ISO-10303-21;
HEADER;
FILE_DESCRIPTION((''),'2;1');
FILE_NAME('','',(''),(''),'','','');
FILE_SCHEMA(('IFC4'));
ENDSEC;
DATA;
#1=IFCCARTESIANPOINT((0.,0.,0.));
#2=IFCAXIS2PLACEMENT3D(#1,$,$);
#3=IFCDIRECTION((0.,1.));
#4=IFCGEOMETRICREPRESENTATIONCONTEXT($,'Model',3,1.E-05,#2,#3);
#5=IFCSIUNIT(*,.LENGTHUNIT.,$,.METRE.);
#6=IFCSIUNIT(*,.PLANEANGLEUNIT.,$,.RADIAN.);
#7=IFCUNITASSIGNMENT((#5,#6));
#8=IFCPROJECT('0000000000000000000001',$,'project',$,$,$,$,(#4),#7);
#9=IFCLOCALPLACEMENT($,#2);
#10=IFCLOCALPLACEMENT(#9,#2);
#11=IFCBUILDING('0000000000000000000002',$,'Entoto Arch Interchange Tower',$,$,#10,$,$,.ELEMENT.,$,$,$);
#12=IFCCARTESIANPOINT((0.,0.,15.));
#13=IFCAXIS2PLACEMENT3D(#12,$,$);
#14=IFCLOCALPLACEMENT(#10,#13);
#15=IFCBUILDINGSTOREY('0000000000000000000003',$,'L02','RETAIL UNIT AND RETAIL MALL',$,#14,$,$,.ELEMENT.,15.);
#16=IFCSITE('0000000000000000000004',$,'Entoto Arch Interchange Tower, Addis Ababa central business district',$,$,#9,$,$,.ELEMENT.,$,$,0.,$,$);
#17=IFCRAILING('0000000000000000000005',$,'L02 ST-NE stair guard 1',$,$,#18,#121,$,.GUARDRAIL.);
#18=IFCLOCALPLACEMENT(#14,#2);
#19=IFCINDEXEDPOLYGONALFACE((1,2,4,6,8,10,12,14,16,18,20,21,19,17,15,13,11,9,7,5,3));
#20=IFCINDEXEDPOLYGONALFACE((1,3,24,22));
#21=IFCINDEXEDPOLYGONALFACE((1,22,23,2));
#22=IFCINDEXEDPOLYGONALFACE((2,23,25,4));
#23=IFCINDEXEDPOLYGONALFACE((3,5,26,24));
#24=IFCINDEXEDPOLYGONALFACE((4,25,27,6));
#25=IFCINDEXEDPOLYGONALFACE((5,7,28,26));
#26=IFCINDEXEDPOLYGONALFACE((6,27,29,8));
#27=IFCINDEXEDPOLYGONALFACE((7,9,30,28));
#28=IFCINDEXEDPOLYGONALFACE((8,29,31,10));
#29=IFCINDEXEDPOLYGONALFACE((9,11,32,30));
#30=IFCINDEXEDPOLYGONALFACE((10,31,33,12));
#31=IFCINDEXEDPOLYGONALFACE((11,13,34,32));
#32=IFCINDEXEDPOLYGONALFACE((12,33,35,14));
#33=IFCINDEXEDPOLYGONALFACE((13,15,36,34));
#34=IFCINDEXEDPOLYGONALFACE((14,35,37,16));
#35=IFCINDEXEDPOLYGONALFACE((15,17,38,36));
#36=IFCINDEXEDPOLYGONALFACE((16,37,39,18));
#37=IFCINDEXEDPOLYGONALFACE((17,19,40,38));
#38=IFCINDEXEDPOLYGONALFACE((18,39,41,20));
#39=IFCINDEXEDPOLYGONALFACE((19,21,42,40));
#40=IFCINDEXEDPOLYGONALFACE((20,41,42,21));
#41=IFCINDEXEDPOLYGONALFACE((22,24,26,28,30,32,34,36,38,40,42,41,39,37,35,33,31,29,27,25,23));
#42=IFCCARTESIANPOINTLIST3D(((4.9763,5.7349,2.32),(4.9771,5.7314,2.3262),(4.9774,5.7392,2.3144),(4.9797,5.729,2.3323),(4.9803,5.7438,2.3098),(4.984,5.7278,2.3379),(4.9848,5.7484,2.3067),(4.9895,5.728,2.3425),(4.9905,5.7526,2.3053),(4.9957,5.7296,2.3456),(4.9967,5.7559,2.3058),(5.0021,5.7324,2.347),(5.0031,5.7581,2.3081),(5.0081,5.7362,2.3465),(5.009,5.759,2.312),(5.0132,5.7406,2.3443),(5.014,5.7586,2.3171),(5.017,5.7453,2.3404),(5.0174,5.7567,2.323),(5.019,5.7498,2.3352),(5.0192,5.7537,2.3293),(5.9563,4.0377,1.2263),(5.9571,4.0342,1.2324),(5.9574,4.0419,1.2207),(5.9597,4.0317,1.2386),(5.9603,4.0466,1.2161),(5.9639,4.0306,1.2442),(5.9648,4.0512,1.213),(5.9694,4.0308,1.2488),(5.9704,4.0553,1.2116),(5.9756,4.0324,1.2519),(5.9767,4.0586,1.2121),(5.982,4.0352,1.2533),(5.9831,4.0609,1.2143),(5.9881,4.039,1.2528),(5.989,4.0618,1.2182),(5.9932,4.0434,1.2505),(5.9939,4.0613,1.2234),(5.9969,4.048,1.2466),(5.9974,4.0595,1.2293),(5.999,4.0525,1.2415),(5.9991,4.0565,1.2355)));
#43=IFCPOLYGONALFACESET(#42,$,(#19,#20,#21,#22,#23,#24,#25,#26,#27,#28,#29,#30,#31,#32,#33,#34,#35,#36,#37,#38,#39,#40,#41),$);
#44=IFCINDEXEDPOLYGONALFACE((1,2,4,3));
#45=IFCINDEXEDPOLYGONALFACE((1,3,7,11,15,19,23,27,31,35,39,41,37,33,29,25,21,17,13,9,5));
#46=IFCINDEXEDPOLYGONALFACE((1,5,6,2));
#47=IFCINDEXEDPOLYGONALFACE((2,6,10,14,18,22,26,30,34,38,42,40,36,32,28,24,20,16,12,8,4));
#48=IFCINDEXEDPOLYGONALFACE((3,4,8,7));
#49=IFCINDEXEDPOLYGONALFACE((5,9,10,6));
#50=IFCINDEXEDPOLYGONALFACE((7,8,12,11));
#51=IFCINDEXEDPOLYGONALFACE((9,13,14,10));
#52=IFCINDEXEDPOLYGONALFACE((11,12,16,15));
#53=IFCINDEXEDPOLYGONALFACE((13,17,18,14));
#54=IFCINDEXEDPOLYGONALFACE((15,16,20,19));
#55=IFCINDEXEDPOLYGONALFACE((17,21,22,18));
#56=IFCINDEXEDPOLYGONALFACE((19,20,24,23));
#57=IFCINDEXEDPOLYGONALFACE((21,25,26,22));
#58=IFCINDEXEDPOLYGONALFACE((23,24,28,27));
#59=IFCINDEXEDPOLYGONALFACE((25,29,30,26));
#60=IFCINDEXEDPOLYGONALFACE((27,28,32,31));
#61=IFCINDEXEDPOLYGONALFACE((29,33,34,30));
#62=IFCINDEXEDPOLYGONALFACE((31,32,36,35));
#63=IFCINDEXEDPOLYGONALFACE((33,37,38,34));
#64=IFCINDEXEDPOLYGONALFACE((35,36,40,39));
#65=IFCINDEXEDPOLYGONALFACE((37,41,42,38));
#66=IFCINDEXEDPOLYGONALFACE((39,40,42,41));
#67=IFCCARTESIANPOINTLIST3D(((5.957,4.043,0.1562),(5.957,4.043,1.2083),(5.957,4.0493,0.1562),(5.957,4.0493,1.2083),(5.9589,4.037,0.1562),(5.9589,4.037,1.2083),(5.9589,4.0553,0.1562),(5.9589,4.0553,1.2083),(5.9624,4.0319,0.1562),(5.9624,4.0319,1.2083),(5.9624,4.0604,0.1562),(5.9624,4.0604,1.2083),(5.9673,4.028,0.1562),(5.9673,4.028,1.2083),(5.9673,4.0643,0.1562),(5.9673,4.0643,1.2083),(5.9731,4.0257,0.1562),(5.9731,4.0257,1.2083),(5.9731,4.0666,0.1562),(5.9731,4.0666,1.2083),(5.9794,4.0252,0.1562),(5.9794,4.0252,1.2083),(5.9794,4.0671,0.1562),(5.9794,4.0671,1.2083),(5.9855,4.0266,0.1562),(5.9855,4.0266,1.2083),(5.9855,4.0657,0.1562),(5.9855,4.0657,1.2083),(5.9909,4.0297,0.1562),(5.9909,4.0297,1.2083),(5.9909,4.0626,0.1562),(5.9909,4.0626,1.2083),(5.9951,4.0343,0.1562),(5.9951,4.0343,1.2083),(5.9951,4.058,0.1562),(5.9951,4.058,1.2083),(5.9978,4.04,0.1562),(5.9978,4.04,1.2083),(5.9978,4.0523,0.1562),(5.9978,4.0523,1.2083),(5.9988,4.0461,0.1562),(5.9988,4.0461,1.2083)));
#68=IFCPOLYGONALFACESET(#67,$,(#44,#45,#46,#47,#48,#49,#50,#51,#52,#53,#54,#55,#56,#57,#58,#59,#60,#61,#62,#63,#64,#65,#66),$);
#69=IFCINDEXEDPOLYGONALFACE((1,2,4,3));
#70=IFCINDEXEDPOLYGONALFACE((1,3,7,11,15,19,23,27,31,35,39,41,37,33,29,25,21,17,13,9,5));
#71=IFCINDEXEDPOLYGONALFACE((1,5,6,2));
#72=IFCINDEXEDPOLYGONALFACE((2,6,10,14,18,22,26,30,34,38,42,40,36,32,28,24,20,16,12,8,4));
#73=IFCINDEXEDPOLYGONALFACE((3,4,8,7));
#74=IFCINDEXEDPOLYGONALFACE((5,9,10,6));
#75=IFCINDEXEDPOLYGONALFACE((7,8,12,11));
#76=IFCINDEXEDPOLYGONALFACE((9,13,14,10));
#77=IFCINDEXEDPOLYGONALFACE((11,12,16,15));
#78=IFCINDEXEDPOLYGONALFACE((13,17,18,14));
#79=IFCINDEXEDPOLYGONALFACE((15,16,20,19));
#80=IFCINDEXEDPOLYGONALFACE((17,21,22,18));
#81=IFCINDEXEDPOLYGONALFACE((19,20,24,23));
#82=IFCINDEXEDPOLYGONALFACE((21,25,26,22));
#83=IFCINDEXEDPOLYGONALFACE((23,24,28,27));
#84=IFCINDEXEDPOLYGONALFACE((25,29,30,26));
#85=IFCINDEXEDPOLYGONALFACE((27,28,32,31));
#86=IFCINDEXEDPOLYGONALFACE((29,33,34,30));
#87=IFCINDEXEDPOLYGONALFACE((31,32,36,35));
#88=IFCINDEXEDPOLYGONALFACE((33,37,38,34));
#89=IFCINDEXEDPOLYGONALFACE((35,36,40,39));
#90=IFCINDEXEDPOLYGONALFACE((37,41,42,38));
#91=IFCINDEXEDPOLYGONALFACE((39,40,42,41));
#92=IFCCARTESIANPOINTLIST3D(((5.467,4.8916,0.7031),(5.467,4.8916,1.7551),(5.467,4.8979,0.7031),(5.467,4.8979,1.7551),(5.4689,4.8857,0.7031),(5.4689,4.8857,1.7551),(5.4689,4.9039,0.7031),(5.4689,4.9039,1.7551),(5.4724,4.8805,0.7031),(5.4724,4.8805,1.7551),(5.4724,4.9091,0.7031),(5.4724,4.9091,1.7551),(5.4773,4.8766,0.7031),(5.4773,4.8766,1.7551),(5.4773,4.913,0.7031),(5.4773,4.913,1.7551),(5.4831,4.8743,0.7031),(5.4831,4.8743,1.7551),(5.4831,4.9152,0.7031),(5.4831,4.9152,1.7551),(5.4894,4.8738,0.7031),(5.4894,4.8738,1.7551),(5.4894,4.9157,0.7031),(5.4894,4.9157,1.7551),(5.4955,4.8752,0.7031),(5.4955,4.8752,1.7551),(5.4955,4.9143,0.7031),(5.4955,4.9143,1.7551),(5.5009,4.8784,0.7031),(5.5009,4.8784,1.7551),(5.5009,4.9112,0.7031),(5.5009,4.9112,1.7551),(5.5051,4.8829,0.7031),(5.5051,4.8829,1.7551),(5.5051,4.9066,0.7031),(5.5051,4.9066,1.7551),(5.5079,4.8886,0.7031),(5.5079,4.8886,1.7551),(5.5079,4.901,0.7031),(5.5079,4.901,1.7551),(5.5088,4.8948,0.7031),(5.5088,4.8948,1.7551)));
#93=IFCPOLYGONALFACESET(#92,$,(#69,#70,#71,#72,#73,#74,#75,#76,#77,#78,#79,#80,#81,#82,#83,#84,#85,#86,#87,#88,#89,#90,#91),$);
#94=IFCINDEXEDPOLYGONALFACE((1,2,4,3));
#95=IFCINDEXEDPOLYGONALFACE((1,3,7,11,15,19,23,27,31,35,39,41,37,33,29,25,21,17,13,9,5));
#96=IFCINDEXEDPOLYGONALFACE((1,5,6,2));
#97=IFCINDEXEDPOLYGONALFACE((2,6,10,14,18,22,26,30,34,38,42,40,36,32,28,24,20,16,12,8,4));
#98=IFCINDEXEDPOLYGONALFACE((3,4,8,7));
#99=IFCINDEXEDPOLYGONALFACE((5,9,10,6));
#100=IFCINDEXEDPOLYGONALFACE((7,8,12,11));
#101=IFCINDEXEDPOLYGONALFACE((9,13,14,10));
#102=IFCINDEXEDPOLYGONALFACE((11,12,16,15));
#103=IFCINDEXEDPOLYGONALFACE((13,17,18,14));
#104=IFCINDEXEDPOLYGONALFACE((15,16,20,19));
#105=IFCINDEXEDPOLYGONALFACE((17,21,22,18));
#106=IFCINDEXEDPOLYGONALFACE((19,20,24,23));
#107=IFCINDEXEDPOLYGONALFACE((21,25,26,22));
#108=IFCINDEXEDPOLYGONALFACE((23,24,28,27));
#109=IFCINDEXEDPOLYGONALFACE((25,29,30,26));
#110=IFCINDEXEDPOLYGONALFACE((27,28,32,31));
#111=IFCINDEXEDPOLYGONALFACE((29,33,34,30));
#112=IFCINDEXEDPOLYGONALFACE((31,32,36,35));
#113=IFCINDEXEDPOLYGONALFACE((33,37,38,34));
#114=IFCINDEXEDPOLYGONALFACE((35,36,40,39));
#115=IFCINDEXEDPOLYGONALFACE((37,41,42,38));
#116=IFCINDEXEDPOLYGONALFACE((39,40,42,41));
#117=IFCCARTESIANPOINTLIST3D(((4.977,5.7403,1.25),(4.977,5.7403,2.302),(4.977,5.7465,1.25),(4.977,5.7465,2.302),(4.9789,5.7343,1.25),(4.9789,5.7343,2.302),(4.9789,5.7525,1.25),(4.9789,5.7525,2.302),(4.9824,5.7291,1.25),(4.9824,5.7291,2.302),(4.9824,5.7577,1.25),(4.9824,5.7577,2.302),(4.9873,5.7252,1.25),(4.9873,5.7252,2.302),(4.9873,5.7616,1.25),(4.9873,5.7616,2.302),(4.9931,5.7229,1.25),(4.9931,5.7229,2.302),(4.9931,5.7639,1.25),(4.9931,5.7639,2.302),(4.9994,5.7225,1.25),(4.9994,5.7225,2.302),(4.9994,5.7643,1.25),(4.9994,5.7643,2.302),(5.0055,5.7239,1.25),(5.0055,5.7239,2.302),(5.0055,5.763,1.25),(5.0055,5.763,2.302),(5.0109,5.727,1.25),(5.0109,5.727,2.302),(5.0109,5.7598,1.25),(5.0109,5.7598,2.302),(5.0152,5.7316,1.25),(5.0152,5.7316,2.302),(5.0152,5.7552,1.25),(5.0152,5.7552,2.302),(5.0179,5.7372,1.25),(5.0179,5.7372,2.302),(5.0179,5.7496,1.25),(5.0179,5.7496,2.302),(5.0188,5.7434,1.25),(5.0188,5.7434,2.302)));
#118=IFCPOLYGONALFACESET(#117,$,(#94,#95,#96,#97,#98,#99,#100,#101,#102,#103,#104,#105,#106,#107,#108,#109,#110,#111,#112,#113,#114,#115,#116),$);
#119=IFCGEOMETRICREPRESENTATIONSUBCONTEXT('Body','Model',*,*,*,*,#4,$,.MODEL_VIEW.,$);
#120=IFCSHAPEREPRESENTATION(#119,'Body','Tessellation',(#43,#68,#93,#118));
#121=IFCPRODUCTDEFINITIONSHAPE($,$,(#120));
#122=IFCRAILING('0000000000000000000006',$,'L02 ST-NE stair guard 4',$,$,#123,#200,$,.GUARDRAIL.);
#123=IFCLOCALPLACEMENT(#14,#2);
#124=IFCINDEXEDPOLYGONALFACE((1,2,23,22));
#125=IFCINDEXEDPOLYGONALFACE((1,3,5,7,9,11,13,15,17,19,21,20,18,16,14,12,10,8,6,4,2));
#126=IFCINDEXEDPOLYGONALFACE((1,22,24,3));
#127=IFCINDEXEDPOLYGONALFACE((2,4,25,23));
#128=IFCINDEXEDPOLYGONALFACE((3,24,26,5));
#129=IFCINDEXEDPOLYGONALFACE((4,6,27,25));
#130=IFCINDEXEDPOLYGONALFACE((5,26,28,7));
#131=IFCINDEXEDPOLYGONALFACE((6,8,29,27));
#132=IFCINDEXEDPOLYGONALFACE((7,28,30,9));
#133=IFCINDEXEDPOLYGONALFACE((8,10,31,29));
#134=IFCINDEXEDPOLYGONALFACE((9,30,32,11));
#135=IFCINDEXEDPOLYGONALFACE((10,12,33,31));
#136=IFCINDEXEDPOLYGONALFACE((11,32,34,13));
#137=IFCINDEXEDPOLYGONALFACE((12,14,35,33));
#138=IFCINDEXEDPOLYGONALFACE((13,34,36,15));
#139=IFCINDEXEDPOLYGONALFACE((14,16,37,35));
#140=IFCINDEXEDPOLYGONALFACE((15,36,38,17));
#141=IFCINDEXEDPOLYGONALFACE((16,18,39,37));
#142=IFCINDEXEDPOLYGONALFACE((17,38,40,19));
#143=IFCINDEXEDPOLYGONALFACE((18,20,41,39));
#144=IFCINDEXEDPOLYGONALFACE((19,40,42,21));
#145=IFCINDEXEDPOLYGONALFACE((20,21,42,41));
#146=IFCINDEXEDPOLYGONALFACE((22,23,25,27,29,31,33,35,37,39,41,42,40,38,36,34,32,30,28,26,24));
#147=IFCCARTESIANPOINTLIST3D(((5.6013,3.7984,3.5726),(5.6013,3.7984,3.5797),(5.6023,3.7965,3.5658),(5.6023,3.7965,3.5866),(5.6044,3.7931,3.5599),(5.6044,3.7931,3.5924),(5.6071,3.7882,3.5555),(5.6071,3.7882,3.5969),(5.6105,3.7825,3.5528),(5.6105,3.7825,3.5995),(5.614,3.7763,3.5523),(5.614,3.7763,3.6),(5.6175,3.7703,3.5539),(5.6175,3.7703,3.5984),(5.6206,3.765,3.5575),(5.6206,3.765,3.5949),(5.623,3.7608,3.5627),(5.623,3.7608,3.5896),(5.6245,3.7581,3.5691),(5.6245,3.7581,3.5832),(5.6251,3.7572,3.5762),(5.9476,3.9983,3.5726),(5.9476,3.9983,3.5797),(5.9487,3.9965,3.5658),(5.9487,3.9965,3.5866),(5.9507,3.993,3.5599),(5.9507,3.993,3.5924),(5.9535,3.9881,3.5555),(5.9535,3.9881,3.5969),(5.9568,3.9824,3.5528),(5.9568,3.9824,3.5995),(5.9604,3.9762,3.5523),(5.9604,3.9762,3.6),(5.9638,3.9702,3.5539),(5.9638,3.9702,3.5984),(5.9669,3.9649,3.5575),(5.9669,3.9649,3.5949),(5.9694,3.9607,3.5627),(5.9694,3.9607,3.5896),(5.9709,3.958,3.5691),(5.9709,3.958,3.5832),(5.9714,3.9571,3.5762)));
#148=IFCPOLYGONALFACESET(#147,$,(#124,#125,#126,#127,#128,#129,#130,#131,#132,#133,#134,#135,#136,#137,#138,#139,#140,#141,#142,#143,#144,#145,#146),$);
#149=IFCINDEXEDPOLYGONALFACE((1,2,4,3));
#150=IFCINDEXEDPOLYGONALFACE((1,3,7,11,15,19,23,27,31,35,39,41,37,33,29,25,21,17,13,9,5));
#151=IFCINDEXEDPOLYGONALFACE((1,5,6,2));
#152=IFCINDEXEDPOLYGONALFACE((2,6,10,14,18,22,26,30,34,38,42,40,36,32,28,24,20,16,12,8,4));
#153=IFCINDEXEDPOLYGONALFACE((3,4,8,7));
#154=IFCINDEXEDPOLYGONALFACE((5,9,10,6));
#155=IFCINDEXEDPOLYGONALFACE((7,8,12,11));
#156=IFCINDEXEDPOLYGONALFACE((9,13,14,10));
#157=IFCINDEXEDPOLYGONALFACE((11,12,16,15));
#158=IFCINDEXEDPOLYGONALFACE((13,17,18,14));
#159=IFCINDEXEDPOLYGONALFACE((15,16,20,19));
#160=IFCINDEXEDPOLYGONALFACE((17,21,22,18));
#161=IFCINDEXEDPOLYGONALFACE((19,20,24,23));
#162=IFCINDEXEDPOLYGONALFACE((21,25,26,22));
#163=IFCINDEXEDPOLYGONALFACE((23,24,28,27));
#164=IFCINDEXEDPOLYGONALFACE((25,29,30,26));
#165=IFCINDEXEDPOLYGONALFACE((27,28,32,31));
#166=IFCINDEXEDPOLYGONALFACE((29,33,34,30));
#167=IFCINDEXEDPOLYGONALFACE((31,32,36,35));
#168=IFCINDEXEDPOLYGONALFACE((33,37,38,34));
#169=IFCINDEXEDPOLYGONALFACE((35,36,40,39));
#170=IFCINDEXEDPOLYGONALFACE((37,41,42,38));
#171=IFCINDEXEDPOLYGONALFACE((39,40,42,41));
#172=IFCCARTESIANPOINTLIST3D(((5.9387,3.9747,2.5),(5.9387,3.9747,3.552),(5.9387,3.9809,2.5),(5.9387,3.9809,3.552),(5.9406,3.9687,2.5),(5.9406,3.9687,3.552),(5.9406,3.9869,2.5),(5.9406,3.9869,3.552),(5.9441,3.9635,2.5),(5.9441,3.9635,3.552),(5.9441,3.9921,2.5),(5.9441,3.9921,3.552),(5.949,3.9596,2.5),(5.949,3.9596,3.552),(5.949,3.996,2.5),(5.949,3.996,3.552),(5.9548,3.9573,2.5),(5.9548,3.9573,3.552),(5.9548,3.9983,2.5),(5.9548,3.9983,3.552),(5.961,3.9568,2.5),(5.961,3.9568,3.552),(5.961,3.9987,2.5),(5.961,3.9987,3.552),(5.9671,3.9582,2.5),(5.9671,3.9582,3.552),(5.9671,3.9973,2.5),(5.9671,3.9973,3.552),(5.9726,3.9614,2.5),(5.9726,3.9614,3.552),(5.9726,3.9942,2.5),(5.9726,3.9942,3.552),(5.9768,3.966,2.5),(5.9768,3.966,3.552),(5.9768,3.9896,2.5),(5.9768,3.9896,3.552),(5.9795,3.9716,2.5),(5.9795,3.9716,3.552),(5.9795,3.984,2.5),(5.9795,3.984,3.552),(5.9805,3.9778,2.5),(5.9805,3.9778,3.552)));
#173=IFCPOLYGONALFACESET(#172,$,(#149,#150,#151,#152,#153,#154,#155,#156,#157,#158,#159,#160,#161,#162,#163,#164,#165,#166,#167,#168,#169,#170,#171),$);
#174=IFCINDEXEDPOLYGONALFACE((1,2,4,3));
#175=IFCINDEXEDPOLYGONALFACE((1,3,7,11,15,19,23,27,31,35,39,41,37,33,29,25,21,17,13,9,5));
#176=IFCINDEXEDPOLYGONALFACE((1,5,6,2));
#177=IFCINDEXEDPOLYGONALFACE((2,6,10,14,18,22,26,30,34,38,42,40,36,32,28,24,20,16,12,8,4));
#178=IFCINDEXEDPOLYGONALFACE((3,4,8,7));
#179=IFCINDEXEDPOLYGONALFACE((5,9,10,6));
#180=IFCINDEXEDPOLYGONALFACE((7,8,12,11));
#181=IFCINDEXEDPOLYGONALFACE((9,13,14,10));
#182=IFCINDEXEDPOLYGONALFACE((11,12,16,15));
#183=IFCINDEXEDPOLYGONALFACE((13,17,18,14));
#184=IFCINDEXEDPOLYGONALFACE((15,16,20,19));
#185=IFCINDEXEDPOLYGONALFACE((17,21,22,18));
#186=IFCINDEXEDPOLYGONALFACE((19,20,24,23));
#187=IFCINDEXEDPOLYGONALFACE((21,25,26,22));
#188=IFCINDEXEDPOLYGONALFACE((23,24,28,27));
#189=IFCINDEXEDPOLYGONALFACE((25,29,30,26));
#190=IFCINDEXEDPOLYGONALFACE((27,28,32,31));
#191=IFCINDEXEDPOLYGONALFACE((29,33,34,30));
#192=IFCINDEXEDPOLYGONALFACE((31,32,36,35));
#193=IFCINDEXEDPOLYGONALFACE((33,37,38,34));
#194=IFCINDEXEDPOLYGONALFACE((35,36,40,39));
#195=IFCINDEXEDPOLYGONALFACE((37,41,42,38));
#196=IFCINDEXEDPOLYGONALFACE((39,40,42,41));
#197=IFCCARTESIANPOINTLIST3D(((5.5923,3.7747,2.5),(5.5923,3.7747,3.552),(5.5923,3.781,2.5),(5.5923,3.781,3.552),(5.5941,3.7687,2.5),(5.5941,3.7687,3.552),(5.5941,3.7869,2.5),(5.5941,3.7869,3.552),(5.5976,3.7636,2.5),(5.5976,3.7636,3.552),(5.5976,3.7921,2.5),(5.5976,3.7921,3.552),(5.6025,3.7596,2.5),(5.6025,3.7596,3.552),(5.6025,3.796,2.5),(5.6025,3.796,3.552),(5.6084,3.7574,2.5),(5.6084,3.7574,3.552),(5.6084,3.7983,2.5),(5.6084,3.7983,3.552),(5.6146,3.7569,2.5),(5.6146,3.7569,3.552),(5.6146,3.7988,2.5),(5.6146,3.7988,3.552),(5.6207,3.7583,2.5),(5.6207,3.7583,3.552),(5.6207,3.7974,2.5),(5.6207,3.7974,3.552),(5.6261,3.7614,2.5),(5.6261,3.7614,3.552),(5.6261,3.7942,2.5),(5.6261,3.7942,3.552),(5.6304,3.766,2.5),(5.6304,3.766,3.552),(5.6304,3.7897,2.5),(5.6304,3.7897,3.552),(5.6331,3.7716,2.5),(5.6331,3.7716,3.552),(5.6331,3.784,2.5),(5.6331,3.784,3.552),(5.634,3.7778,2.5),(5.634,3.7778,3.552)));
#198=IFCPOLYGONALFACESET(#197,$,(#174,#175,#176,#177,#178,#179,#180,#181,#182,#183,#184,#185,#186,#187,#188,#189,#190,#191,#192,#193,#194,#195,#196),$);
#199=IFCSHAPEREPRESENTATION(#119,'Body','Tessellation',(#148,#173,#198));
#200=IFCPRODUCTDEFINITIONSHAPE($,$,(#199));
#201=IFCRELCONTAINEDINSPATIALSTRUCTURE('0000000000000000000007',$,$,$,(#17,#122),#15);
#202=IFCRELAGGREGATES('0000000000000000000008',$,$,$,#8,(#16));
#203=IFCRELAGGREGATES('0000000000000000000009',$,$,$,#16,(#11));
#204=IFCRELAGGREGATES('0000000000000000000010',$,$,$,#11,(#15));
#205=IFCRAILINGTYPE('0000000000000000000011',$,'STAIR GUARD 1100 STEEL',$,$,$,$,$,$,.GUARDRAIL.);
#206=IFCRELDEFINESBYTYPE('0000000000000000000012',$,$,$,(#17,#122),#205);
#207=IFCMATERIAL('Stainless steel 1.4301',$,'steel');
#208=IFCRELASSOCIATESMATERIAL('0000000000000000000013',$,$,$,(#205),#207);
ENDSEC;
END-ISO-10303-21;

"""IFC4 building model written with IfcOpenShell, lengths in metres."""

from ifc_helpers import new_model, si_unit, direction, frame, origin, origin_2d, place, context, subcontext, project, spatial, circle, extrude, material, type_object, element, save


model = new_model("IFC4")

# Units and contexts
model_context = context("Model", 3, precision=1e-05, world=origin(), true_north=direction((0.0, 1.0)))
body_context = subcontext(model_context, "Body", "Model", "MODEL_VIEW")
ifc_project = project(units=[si_unit("LENGTHUNIT", "METRE"), si_unit("PLANEANGLEUNIT", "RADIAN")], contexts=[model_context])

# Site, building, storey
site_placement = place(None, origin())
site = spatial("IfcSite", under=ifc_project, at=site_placement, Name="Entoto Arch Interchange Tower, Addis Ababa central business district", CompositionType="ELEMENT", RefElevation=0.0)
building_placement = place(site_placement, origin())
building = spatial("IfcBuilding", under=site, at=building_placement, Name="Entoto Arch Interchange Tower", CompositionType="ELEMENT")
storey_placement = place(building_placement, frame((0.0, 0.0, 15.0)))
storey = spatial("IfcBuildingStorey", under=building, at=storey_placement, Name="L02", Description="RETAIL UNIT AND RETAIL MALL", CompositionType="ELEMENT", Elevation=15.0)

# Railings
ifc_material_1 = material(Name="Stainless steel 1.4301", Category="steel")
railing_type_1 = type_object("IfcRailingType", Name="STAIR GUARD 1100 STEEL", PredefinedType="GUARDRAIL", material=ifc_material_1)
railing_1_placement = place(storey_placement, frame((5.9778, 4.0461, 0.1562)))
element("IfcRailing", 1, at=railing_1_placement, inside=storey, type_object=railing_type_1, Name="L02 ST-NE stair guard 1", PredefinedType="GUARDRAIL", context=body_context, shape_type="SweptSolid", body=[
    extrude(circle(Radius=0.0239, at=origin_2d()), frame((0.0, 0.0, 1.0762), z_axis=(-0.436632, 0.75622, 0.487323), x_axis=(-0.866011, -0.500024, 0.0)), (0.0, 0.0, 1.0), 2.2444),
    extrude(circle(Radius=0.021, at=origin_2d()), origin(), (0.0, 0.0, 1.0), 1.052),
    extrude(circle(Radius=0.021, at=origin_2d()), frame((-0.49, 0.8486, 0.5469)), (0.0, 0.0, 1.0), 1.052),
    extrude(circle(Radius=0.021, at=origin_2d()), frame((-0.98, 1.6973, 1.0938)), (0.0, 0.0, 1.0), 1.052),
])
railing_2_placement = place(storey_placement, frame((5.9595, 3.9778, 2.5)))
element("IfcRailing", 2, at=railing_2_placement, inside=storey, type_object=railing_type_1, Name="L02 ST-NE stair guard 4", PredefinedType="GUARDRAIL", context=body_context, shape_type="SweptSolid", body=[
    extrude(circle(Radius=0.0239, at=origin_2d()), frame((0.0, 0.0, 1.0762), z_axis=(-0.866094, -0.499881, 0.0), x_axis=(0.499881, -0.866094, 0.0)), (0.0, 0.0, 1.0), 0.3999),
    extrude(circle(Radius=0.021, at=origin_2d()), origin(), (0.0, 0.0, 1.0), 1.052),
    extrude(circle(Radius=0.021, at=origin_2d()), frame((-0.3464, -0.2, 0.0)), (0.0, 0.0, 1.0), 1.052),
])

save(model, "model.ifc")
